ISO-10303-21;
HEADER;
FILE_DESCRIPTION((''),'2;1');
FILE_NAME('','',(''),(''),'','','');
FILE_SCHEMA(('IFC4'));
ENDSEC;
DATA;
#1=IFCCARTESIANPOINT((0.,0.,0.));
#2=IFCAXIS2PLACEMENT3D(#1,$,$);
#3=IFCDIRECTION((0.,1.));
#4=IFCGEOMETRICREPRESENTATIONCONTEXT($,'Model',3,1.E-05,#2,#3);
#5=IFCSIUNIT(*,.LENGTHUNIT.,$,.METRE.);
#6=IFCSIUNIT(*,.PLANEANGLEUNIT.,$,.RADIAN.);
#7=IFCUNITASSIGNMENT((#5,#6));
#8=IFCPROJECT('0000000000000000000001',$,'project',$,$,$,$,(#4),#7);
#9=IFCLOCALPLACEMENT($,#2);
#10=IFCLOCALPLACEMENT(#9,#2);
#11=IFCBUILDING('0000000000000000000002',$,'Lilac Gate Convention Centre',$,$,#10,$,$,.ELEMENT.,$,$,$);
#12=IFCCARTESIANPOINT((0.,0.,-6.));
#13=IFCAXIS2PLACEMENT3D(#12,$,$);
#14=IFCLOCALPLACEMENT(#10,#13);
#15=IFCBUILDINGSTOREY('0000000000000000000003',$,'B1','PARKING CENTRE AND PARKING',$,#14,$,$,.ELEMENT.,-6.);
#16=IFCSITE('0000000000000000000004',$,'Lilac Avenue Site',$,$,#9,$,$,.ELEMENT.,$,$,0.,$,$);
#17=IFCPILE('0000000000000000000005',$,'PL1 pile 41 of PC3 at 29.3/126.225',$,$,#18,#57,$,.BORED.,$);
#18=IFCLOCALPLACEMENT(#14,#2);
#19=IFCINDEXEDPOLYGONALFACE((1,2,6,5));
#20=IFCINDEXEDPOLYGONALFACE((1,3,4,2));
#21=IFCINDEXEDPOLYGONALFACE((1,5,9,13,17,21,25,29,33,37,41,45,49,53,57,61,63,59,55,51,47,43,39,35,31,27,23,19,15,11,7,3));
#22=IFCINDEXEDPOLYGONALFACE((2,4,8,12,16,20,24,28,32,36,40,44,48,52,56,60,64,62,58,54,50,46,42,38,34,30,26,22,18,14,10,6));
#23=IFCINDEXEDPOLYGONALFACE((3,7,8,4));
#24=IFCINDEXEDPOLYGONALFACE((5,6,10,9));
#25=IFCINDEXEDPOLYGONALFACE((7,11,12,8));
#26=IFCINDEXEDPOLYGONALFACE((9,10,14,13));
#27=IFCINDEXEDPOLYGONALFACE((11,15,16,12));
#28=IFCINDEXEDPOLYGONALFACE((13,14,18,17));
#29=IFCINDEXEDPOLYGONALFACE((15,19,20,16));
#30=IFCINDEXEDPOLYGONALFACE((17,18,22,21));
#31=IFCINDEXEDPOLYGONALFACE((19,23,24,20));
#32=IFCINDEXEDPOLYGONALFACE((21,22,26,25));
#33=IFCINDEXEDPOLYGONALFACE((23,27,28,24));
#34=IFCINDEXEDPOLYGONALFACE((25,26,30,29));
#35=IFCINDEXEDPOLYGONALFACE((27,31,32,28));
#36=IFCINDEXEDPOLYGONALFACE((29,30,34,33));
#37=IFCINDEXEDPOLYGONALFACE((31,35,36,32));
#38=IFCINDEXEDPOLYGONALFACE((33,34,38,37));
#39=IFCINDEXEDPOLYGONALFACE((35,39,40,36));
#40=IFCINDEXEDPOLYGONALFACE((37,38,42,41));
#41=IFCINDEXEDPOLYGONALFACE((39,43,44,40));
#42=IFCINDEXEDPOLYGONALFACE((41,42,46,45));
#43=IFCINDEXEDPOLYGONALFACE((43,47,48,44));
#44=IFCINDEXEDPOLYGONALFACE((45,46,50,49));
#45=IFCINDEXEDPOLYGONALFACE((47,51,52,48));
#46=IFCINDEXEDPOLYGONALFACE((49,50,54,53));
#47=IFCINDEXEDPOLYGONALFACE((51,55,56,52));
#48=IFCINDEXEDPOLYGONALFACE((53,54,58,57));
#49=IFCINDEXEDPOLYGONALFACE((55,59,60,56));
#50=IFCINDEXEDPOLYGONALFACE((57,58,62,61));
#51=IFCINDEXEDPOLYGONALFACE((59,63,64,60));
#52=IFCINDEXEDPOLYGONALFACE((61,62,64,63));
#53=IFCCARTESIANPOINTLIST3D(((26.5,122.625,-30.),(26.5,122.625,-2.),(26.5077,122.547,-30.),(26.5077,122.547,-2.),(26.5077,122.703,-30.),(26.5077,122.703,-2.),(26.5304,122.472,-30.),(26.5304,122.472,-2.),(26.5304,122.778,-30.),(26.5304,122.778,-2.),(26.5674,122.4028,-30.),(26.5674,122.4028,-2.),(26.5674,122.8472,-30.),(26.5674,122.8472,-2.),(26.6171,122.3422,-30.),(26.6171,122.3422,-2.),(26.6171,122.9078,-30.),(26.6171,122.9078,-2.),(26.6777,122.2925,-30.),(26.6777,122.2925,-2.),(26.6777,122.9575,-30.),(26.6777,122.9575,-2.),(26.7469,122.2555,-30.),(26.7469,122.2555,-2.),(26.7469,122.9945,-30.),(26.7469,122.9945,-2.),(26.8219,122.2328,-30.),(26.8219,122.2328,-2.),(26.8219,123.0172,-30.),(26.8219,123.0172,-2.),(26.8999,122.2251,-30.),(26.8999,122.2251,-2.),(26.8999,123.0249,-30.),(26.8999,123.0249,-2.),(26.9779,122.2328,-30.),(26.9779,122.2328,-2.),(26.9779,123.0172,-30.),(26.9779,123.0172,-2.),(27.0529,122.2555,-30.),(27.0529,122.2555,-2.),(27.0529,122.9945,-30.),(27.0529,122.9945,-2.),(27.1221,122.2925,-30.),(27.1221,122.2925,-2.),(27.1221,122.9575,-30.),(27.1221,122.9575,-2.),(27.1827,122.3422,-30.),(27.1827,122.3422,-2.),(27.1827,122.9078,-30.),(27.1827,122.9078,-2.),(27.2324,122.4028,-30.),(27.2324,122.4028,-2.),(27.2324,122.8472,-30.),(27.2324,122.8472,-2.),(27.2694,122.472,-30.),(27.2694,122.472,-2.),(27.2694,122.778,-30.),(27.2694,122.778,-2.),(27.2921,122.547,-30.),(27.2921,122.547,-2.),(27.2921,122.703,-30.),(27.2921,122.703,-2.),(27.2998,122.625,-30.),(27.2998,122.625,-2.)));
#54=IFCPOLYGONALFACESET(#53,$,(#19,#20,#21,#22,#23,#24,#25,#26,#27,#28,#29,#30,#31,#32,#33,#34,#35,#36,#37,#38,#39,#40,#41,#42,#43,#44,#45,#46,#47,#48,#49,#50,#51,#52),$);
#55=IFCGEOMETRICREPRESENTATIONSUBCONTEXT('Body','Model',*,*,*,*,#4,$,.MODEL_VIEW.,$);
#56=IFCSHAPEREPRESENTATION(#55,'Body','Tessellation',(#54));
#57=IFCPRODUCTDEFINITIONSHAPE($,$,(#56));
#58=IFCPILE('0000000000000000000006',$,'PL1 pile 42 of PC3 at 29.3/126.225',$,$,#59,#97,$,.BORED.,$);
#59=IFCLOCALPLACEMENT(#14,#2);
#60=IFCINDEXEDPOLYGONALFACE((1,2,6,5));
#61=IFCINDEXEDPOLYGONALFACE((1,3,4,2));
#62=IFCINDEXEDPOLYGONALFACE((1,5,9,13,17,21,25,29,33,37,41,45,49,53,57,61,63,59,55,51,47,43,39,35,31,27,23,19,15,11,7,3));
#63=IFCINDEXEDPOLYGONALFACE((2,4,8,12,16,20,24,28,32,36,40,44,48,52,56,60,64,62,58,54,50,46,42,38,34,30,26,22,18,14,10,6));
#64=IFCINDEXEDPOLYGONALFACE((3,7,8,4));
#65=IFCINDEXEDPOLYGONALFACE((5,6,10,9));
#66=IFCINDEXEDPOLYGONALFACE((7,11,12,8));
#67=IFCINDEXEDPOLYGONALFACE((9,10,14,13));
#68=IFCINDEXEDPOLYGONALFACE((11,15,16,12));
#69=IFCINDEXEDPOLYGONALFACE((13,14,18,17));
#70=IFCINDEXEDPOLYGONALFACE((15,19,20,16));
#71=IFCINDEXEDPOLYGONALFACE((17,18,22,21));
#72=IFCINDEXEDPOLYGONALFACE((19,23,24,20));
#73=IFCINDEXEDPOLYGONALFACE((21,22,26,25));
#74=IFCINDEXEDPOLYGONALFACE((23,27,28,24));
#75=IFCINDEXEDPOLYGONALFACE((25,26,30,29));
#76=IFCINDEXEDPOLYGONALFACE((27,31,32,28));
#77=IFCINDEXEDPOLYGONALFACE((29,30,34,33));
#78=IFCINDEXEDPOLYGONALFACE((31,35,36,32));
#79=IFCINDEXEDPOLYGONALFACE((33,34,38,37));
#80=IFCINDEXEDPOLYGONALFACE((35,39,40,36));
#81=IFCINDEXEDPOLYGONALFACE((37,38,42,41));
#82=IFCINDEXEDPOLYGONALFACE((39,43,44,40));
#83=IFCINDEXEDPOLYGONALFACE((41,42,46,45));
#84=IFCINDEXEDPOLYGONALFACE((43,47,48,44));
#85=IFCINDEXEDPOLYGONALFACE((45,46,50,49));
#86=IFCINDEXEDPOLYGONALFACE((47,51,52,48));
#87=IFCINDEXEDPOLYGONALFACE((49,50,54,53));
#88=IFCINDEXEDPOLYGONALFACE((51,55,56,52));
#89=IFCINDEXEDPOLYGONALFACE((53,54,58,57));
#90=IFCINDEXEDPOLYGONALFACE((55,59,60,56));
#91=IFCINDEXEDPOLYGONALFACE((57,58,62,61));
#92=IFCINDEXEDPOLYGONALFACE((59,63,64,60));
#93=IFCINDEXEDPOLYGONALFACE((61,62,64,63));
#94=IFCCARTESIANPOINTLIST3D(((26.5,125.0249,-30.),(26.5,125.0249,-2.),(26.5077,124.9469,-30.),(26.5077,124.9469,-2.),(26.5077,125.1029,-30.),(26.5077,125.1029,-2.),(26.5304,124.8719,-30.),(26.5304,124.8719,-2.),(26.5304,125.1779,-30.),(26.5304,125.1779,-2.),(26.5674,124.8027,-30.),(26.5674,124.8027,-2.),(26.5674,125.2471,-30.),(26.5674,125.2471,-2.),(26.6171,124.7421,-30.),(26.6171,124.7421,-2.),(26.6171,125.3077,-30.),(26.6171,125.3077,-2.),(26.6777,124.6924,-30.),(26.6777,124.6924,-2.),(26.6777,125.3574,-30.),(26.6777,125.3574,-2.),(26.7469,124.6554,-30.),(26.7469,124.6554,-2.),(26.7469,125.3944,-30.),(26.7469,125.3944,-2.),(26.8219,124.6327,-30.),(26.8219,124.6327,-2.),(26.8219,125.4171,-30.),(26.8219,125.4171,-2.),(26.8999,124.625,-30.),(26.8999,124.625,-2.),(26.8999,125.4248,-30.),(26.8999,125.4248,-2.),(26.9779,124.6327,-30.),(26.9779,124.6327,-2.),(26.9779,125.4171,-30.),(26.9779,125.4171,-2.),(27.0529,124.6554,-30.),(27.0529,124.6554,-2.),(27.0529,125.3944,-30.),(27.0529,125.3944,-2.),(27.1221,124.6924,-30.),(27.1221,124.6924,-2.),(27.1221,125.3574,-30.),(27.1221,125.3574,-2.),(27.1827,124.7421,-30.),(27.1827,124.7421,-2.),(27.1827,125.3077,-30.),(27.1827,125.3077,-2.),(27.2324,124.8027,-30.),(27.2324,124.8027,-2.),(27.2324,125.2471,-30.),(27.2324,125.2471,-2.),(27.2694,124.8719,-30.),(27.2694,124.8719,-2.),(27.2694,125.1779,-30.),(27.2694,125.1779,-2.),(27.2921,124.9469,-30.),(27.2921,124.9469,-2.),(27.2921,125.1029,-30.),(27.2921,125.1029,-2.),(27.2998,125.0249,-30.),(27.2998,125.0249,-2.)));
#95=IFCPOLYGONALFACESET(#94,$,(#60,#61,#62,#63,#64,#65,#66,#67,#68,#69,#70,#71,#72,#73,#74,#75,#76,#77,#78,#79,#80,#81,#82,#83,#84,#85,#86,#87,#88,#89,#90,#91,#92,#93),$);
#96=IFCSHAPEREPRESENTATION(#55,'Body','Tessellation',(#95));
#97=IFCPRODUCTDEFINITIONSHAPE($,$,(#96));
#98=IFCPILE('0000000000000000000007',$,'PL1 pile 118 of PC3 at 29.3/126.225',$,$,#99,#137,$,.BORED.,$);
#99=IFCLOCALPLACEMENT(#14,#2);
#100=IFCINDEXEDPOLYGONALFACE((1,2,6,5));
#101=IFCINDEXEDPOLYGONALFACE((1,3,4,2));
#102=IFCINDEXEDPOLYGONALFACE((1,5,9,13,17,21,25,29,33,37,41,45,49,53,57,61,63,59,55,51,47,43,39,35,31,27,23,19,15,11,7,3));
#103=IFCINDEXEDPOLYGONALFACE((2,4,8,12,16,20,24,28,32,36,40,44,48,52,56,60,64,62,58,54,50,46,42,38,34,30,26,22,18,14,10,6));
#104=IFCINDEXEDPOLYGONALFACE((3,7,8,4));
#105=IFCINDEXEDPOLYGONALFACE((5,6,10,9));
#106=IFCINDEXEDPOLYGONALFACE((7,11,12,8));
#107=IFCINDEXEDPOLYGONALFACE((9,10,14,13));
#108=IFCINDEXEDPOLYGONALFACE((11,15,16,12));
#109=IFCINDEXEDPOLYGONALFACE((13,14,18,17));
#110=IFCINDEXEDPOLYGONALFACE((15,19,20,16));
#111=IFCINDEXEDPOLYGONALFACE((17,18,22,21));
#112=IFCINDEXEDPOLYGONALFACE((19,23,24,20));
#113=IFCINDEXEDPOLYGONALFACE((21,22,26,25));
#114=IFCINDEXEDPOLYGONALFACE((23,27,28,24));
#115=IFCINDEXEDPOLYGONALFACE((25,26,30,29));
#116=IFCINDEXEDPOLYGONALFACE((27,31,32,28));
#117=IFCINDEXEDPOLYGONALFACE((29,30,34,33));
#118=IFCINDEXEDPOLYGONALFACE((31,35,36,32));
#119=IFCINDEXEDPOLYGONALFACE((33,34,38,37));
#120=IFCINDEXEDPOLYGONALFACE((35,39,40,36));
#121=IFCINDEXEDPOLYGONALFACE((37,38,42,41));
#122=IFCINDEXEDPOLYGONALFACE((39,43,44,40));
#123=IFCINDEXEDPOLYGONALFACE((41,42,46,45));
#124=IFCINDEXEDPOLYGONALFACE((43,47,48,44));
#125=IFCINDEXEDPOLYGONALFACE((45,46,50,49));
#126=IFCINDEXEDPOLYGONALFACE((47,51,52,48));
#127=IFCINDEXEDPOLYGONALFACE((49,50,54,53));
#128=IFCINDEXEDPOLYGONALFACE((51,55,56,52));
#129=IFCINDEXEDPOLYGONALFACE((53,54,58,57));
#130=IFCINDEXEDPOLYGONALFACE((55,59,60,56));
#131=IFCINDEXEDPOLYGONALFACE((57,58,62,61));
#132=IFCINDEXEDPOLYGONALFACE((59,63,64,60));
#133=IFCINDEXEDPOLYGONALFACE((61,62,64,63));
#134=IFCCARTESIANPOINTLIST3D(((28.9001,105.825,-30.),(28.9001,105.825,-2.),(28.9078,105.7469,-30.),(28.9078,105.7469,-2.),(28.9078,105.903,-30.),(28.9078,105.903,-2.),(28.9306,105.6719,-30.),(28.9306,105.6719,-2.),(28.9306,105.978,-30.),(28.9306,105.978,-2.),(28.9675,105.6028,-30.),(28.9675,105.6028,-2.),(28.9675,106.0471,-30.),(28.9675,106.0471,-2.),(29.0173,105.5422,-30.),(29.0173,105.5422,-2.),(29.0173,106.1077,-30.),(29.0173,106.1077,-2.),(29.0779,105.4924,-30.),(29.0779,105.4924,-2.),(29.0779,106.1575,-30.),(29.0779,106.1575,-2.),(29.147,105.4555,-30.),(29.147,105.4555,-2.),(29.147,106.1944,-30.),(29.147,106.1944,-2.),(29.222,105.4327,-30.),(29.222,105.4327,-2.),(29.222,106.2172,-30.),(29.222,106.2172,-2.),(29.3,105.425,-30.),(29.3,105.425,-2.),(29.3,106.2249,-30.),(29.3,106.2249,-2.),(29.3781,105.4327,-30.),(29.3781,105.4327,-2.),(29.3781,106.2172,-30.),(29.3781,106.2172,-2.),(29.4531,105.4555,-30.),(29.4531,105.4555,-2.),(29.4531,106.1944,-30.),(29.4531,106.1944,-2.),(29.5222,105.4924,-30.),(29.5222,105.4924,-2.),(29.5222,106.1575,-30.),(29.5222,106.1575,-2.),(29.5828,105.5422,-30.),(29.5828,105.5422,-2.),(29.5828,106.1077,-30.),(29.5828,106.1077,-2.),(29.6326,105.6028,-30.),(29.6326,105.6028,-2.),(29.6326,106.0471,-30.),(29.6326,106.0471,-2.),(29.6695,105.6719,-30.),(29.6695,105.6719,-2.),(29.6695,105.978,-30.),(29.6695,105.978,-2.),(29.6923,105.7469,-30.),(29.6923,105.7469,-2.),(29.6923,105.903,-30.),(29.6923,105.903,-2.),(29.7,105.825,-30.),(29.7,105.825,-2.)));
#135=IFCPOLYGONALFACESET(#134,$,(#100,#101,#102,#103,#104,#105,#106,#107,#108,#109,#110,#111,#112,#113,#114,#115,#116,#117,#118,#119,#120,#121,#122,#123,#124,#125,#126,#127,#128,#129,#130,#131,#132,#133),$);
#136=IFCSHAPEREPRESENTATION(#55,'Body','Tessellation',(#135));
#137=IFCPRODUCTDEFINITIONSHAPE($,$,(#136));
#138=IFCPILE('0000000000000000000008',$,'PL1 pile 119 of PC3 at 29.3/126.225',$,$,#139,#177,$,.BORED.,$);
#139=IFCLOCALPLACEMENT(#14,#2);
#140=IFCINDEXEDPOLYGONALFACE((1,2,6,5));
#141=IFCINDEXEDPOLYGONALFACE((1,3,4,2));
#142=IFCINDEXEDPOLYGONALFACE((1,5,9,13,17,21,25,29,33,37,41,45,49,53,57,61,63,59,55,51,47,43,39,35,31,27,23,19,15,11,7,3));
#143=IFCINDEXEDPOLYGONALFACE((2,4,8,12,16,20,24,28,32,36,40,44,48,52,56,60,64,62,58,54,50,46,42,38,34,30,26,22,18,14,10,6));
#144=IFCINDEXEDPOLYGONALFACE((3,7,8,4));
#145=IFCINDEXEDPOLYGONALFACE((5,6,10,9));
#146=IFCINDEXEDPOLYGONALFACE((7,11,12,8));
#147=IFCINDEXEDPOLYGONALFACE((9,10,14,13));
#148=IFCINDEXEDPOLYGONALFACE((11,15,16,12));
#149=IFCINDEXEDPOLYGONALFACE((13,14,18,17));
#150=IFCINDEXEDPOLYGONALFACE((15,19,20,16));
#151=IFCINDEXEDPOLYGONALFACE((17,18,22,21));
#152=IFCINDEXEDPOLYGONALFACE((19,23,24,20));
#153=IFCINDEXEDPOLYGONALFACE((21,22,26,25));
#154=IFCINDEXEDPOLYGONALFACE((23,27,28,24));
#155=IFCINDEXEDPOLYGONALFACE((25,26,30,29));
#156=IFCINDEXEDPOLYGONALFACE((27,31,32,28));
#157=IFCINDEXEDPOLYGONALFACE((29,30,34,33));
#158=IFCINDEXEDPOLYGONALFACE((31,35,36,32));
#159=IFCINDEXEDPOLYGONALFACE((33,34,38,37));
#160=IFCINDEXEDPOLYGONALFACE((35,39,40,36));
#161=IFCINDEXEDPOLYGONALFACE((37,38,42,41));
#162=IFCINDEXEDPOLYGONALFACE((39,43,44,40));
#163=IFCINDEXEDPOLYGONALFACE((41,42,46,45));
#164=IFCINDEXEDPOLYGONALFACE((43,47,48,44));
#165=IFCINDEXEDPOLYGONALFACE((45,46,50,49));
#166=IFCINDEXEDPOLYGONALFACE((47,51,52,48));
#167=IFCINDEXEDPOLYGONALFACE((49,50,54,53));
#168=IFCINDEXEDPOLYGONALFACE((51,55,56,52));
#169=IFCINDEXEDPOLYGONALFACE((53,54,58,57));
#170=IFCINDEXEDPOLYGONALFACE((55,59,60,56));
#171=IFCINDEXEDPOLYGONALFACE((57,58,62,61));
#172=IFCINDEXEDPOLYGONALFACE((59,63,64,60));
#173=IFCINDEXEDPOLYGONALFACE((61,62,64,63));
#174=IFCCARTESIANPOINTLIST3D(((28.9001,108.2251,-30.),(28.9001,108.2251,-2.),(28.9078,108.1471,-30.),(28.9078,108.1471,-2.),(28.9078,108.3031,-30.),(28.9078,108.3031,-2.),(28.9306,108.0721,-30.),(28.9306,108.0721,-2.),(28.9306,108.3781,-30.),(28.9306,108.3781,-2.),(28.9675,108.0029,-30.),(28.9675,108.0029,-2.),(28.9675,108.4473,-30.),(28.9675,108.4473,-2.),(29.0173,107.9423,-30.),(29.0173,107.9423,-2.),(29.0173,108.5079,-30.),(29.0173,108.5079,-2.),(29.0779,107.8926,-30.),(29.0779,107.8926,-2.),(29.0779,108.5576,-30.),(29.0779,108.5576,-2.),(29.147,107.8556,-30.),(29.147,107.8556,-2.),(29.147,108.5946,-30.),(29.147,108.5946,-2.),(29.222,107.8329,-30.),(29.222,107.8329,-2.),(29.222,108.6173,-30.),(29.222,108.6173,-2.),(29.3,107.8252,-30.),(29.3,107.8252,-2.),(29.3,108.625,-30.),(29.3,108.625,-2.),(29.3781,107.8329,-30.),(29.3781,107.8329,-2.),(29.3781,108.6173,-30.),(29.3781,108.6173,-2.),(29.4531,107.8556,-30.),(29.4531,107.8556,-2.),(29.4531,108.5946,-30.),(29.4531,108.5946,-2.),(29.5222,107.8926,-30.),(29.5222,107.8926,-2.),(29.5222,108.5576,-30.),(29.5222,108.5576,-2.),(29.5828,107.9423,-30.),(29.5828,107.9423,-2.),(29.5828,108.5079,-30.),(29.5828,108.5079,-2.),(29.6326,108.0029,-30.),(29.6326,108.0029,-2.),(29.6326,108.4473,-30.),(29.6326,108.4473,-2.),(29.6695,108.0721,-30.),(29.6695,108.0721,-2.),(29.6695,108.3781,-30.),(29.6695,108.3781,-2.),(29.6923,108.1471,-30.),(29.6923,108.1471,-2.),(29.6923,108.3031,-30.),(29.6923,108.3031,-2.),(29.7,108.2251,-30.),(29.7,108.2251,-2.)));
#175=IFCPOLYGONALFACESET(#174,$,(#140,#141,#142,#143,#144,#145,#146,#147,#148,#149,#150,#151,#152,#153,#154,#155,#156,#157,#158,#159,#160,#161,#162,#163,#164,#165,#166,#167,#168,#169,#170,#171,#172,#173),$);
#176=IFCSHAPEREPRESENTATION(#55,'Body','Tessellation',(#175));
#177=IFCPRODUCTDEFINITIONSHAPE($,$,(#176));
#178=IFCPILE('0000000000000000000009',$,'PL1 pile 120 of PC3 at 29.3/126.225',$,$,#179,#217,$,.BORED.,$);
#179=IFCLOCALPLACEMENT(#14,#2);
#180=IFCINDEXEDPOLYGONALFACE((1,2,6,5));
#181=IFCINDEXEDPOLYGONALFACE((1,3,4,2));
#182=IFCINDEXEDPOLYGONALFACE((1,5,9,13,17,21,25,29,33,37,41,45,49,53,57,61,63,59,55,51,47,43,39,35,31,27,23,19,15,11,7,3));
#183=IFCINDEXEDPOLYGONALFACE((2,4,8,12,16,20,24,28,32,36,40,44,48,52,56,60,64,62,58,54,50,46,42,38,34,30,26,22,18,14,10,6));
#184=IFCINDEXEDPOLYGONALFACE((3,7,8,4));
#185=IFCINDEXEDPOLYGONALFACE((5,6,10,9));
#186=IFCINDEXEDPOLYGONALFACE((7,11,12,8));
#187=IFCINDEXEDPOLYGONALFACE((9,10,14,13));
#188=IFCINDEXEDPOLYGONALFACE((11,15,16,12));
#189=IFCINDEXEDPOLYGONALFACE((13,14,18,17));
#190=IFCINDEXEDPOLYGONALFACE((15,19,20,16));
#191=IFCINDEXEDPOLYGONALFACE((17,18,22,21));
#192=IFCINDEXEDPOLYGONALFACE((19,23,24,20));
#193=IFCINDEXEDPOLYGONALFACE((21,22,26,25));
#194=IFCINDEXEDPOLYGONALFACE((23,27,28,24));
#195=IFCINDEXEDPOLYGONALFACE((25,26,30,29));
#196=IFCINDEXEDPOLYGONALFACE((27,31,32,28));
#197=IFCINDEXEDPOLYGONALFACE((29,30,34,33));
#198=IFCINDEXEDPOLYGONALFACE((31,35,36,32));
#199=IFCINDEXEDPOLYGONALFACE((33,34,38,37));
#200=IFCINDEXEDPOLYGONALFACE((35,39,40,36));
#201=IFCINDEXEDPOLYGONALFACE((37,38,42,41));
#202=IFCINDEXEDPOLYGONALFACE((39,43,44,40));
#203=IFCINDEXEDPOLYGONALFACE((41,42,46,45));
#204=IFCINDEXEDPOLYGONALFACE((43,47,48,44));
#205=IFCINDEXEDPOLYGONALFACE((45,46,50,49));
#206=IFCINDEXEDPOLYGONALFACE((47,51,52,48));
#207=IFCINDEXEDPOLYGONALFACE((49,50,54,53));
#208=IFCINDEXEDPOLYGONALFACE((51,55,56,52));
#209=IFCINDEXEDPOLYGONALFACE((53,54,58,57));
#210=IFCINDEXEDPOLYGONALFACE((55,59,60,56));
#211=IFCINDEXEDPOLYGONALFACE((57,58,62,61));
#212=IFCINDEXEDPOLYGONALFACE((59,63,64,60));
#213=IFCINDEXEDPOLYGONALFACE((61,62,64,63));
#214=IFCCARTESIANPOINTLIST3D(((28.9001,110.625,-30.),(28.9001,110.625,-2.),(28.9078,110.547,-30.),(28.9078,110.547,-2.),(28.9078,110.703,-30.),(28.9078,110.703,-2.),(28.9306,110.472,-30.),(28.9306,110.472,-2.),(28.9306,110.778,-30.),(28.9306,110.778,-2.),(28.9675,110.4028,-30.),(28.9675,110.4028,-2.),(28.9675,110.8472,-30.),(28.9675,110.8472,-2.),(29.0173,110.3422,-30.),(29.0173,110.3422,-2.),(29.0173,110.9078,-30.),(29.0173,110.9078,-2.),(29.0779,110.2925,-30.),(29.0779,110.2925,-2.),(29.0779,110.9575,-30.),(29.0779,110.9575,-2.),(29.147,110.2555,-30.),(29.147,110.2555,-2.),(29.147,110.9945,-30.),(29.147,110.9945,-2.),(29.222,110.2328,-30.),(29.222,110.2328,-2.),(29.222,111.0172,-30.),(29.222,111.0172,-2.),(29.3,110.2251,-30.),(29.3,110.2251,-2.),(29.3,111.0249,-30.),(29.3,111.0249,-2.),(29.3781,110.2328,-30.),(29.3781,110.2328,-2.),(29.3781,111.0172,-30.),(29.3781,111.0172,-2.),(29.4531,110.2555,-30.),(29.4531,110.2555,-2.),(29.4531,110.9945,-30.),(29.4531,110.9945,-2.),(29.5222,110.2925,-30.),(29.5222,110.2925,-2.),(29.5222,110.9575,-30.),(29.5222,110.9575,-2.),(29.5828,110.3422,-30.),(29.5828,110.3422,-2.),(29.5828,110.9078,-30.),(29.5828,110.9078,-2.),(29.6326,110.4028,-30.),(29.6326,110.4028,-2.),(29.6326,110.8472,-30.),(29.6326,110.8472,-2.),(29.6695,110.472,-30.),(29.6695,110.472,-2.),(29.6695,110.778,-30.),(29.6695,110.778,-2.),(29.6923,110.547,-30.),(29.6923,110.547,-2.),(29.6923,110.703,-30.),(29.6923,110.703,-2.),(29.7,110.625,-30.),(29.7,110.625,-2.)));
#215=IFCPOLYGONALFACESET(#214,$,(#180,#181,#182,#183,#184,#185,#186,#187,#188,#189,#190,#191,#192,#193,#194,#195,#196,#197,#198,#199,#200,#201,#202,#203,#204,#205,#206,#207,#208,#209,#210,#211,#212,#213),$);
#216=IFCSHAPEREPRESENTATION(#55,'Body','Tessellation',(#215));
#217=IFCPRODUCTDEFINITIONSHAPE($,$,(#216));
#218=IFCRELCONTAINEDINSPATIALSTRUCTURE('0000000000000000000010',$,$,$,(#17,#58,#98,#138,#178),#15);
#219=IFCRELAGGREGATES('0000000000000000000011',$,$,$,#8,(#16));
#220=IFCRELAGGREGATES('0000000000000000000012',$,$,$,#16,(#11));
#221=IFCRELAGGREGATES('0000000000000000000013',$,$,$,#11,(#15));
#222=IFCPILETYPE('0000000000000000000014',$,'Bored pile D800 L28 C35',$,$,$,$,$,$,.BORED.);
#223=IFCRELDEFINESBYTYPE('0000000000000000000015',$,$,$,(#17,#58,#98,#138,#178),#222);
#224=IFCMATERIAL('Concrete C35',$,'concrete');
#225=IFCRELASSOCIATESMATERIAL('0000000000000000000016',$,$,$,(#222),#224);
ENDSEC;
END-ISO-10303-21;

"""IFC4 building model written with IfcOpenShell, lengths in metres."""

from ifc_helpers import new_model, si_unit, direction, frame, origin, origin_2d, place, context, subcontext, project, spatial, circle, extrude, material, material_profile, profile_set, type_object, element, save


model = new_model("IFC4")

# Units and contexts
model_context = context("Model", 3, precision=1e-05, world=origin(), true_north=direction((0.0, 1.0)))
body_context = subcontext(model_context, "Body", "Model", "MODEL_VIEW")
ifc_project = project(units=[si_unit("LENGTHUNIT", "METRE"), si_unit("PLANEANGLEUNIT", "RADIAN")], contexts=[model_context])

# Site, building, storey
site_placement = place(None, origin())
site = spatial("IfcSite", under=ifc_project, at=site_placement, Name="Lilac Avenue Site", CompositionType="ELEMENT", RefElevation=0.0)
building_placement = place(site_placement, origin())
building = spatial("IfcBuilding", under=site, at=building_placement, Name="Lilac Gate Convention Centre", CompositionType="ELEMENT")
storey_placement = place(building_placement, frame((0.0, 0.0, -6.0)))
storey = spatial("IfcBuildingStorey", under=building, at=storey_placement, Name="B1", Description="PARKING CENTRE AND PARKING", CompositionType="ELEMENT", Elevation=-6.0)

# Piles
ifc_material_1 = material(Name="Concrete C35", Category="concrete")
ifc_material_profile_1 = material_profile(ifc_material_1, circle(Radius=0.3999, at=origin_2d()), Name="D800")
ifc_profile_set_1 = profile_set([ifc_material_profile_1], Name="Concrete C35")
pile_type = type_object("IfcPileType", Name="Bored pile D800 L28 C35", PredefinedType="BORED", material=ifc_profile_set_1)
for number, where, z_axis, x_axis, name in (
    (1, (26.8999, 122.625, -2.0), (0.0, 0.0, -1.0), (1.0, 0.0, 0.0), "PL1 pile 41 of PC3 at 29.3/126.225"),
    (2, (26.8999, 125.0249, -2.0), (0.0, 0.0, -1.0), (1.0, 0.0, 0.0), "PL1 pile 42 of PC3 at 29.3/126.225"),
    (3, (29.3, 105.825, -2.0), (0.0, 0.0, -1.0), (1.0, 0.0, 0.0), "PL1 pile 118 of PC3 at 29.3/126.225"),
    (4, (29.3, 108.2251, -2.0), (0.0, 0.0, -1.0), (1.0, 0.0, 0.0), "PL1 pile 119 of PC3 at 29.3/126.225"),
    (5, (29.3, 110.625, -2.0), (0.0, 0.0, -1.0), (1.0, 0.0, 0.0), "PL1 pile 120 of PC3 at 29.3/126.225"),
):
    element("IfcPile", number, at=place(storey_placement, frame(where, z_axis=z_axis, x_axis=x_axis)), inside=storey, type_object=pile_type, Name=name, PredefinedType="BORED", context=body_context, shape_type="SweptSolid", body=[
        extrude(circle(Radius=0.3999, at=origin_2d()), origin(), (0.0, 0.0, 1.0), 28.0),
    ])

save(model, "model.ifc")
